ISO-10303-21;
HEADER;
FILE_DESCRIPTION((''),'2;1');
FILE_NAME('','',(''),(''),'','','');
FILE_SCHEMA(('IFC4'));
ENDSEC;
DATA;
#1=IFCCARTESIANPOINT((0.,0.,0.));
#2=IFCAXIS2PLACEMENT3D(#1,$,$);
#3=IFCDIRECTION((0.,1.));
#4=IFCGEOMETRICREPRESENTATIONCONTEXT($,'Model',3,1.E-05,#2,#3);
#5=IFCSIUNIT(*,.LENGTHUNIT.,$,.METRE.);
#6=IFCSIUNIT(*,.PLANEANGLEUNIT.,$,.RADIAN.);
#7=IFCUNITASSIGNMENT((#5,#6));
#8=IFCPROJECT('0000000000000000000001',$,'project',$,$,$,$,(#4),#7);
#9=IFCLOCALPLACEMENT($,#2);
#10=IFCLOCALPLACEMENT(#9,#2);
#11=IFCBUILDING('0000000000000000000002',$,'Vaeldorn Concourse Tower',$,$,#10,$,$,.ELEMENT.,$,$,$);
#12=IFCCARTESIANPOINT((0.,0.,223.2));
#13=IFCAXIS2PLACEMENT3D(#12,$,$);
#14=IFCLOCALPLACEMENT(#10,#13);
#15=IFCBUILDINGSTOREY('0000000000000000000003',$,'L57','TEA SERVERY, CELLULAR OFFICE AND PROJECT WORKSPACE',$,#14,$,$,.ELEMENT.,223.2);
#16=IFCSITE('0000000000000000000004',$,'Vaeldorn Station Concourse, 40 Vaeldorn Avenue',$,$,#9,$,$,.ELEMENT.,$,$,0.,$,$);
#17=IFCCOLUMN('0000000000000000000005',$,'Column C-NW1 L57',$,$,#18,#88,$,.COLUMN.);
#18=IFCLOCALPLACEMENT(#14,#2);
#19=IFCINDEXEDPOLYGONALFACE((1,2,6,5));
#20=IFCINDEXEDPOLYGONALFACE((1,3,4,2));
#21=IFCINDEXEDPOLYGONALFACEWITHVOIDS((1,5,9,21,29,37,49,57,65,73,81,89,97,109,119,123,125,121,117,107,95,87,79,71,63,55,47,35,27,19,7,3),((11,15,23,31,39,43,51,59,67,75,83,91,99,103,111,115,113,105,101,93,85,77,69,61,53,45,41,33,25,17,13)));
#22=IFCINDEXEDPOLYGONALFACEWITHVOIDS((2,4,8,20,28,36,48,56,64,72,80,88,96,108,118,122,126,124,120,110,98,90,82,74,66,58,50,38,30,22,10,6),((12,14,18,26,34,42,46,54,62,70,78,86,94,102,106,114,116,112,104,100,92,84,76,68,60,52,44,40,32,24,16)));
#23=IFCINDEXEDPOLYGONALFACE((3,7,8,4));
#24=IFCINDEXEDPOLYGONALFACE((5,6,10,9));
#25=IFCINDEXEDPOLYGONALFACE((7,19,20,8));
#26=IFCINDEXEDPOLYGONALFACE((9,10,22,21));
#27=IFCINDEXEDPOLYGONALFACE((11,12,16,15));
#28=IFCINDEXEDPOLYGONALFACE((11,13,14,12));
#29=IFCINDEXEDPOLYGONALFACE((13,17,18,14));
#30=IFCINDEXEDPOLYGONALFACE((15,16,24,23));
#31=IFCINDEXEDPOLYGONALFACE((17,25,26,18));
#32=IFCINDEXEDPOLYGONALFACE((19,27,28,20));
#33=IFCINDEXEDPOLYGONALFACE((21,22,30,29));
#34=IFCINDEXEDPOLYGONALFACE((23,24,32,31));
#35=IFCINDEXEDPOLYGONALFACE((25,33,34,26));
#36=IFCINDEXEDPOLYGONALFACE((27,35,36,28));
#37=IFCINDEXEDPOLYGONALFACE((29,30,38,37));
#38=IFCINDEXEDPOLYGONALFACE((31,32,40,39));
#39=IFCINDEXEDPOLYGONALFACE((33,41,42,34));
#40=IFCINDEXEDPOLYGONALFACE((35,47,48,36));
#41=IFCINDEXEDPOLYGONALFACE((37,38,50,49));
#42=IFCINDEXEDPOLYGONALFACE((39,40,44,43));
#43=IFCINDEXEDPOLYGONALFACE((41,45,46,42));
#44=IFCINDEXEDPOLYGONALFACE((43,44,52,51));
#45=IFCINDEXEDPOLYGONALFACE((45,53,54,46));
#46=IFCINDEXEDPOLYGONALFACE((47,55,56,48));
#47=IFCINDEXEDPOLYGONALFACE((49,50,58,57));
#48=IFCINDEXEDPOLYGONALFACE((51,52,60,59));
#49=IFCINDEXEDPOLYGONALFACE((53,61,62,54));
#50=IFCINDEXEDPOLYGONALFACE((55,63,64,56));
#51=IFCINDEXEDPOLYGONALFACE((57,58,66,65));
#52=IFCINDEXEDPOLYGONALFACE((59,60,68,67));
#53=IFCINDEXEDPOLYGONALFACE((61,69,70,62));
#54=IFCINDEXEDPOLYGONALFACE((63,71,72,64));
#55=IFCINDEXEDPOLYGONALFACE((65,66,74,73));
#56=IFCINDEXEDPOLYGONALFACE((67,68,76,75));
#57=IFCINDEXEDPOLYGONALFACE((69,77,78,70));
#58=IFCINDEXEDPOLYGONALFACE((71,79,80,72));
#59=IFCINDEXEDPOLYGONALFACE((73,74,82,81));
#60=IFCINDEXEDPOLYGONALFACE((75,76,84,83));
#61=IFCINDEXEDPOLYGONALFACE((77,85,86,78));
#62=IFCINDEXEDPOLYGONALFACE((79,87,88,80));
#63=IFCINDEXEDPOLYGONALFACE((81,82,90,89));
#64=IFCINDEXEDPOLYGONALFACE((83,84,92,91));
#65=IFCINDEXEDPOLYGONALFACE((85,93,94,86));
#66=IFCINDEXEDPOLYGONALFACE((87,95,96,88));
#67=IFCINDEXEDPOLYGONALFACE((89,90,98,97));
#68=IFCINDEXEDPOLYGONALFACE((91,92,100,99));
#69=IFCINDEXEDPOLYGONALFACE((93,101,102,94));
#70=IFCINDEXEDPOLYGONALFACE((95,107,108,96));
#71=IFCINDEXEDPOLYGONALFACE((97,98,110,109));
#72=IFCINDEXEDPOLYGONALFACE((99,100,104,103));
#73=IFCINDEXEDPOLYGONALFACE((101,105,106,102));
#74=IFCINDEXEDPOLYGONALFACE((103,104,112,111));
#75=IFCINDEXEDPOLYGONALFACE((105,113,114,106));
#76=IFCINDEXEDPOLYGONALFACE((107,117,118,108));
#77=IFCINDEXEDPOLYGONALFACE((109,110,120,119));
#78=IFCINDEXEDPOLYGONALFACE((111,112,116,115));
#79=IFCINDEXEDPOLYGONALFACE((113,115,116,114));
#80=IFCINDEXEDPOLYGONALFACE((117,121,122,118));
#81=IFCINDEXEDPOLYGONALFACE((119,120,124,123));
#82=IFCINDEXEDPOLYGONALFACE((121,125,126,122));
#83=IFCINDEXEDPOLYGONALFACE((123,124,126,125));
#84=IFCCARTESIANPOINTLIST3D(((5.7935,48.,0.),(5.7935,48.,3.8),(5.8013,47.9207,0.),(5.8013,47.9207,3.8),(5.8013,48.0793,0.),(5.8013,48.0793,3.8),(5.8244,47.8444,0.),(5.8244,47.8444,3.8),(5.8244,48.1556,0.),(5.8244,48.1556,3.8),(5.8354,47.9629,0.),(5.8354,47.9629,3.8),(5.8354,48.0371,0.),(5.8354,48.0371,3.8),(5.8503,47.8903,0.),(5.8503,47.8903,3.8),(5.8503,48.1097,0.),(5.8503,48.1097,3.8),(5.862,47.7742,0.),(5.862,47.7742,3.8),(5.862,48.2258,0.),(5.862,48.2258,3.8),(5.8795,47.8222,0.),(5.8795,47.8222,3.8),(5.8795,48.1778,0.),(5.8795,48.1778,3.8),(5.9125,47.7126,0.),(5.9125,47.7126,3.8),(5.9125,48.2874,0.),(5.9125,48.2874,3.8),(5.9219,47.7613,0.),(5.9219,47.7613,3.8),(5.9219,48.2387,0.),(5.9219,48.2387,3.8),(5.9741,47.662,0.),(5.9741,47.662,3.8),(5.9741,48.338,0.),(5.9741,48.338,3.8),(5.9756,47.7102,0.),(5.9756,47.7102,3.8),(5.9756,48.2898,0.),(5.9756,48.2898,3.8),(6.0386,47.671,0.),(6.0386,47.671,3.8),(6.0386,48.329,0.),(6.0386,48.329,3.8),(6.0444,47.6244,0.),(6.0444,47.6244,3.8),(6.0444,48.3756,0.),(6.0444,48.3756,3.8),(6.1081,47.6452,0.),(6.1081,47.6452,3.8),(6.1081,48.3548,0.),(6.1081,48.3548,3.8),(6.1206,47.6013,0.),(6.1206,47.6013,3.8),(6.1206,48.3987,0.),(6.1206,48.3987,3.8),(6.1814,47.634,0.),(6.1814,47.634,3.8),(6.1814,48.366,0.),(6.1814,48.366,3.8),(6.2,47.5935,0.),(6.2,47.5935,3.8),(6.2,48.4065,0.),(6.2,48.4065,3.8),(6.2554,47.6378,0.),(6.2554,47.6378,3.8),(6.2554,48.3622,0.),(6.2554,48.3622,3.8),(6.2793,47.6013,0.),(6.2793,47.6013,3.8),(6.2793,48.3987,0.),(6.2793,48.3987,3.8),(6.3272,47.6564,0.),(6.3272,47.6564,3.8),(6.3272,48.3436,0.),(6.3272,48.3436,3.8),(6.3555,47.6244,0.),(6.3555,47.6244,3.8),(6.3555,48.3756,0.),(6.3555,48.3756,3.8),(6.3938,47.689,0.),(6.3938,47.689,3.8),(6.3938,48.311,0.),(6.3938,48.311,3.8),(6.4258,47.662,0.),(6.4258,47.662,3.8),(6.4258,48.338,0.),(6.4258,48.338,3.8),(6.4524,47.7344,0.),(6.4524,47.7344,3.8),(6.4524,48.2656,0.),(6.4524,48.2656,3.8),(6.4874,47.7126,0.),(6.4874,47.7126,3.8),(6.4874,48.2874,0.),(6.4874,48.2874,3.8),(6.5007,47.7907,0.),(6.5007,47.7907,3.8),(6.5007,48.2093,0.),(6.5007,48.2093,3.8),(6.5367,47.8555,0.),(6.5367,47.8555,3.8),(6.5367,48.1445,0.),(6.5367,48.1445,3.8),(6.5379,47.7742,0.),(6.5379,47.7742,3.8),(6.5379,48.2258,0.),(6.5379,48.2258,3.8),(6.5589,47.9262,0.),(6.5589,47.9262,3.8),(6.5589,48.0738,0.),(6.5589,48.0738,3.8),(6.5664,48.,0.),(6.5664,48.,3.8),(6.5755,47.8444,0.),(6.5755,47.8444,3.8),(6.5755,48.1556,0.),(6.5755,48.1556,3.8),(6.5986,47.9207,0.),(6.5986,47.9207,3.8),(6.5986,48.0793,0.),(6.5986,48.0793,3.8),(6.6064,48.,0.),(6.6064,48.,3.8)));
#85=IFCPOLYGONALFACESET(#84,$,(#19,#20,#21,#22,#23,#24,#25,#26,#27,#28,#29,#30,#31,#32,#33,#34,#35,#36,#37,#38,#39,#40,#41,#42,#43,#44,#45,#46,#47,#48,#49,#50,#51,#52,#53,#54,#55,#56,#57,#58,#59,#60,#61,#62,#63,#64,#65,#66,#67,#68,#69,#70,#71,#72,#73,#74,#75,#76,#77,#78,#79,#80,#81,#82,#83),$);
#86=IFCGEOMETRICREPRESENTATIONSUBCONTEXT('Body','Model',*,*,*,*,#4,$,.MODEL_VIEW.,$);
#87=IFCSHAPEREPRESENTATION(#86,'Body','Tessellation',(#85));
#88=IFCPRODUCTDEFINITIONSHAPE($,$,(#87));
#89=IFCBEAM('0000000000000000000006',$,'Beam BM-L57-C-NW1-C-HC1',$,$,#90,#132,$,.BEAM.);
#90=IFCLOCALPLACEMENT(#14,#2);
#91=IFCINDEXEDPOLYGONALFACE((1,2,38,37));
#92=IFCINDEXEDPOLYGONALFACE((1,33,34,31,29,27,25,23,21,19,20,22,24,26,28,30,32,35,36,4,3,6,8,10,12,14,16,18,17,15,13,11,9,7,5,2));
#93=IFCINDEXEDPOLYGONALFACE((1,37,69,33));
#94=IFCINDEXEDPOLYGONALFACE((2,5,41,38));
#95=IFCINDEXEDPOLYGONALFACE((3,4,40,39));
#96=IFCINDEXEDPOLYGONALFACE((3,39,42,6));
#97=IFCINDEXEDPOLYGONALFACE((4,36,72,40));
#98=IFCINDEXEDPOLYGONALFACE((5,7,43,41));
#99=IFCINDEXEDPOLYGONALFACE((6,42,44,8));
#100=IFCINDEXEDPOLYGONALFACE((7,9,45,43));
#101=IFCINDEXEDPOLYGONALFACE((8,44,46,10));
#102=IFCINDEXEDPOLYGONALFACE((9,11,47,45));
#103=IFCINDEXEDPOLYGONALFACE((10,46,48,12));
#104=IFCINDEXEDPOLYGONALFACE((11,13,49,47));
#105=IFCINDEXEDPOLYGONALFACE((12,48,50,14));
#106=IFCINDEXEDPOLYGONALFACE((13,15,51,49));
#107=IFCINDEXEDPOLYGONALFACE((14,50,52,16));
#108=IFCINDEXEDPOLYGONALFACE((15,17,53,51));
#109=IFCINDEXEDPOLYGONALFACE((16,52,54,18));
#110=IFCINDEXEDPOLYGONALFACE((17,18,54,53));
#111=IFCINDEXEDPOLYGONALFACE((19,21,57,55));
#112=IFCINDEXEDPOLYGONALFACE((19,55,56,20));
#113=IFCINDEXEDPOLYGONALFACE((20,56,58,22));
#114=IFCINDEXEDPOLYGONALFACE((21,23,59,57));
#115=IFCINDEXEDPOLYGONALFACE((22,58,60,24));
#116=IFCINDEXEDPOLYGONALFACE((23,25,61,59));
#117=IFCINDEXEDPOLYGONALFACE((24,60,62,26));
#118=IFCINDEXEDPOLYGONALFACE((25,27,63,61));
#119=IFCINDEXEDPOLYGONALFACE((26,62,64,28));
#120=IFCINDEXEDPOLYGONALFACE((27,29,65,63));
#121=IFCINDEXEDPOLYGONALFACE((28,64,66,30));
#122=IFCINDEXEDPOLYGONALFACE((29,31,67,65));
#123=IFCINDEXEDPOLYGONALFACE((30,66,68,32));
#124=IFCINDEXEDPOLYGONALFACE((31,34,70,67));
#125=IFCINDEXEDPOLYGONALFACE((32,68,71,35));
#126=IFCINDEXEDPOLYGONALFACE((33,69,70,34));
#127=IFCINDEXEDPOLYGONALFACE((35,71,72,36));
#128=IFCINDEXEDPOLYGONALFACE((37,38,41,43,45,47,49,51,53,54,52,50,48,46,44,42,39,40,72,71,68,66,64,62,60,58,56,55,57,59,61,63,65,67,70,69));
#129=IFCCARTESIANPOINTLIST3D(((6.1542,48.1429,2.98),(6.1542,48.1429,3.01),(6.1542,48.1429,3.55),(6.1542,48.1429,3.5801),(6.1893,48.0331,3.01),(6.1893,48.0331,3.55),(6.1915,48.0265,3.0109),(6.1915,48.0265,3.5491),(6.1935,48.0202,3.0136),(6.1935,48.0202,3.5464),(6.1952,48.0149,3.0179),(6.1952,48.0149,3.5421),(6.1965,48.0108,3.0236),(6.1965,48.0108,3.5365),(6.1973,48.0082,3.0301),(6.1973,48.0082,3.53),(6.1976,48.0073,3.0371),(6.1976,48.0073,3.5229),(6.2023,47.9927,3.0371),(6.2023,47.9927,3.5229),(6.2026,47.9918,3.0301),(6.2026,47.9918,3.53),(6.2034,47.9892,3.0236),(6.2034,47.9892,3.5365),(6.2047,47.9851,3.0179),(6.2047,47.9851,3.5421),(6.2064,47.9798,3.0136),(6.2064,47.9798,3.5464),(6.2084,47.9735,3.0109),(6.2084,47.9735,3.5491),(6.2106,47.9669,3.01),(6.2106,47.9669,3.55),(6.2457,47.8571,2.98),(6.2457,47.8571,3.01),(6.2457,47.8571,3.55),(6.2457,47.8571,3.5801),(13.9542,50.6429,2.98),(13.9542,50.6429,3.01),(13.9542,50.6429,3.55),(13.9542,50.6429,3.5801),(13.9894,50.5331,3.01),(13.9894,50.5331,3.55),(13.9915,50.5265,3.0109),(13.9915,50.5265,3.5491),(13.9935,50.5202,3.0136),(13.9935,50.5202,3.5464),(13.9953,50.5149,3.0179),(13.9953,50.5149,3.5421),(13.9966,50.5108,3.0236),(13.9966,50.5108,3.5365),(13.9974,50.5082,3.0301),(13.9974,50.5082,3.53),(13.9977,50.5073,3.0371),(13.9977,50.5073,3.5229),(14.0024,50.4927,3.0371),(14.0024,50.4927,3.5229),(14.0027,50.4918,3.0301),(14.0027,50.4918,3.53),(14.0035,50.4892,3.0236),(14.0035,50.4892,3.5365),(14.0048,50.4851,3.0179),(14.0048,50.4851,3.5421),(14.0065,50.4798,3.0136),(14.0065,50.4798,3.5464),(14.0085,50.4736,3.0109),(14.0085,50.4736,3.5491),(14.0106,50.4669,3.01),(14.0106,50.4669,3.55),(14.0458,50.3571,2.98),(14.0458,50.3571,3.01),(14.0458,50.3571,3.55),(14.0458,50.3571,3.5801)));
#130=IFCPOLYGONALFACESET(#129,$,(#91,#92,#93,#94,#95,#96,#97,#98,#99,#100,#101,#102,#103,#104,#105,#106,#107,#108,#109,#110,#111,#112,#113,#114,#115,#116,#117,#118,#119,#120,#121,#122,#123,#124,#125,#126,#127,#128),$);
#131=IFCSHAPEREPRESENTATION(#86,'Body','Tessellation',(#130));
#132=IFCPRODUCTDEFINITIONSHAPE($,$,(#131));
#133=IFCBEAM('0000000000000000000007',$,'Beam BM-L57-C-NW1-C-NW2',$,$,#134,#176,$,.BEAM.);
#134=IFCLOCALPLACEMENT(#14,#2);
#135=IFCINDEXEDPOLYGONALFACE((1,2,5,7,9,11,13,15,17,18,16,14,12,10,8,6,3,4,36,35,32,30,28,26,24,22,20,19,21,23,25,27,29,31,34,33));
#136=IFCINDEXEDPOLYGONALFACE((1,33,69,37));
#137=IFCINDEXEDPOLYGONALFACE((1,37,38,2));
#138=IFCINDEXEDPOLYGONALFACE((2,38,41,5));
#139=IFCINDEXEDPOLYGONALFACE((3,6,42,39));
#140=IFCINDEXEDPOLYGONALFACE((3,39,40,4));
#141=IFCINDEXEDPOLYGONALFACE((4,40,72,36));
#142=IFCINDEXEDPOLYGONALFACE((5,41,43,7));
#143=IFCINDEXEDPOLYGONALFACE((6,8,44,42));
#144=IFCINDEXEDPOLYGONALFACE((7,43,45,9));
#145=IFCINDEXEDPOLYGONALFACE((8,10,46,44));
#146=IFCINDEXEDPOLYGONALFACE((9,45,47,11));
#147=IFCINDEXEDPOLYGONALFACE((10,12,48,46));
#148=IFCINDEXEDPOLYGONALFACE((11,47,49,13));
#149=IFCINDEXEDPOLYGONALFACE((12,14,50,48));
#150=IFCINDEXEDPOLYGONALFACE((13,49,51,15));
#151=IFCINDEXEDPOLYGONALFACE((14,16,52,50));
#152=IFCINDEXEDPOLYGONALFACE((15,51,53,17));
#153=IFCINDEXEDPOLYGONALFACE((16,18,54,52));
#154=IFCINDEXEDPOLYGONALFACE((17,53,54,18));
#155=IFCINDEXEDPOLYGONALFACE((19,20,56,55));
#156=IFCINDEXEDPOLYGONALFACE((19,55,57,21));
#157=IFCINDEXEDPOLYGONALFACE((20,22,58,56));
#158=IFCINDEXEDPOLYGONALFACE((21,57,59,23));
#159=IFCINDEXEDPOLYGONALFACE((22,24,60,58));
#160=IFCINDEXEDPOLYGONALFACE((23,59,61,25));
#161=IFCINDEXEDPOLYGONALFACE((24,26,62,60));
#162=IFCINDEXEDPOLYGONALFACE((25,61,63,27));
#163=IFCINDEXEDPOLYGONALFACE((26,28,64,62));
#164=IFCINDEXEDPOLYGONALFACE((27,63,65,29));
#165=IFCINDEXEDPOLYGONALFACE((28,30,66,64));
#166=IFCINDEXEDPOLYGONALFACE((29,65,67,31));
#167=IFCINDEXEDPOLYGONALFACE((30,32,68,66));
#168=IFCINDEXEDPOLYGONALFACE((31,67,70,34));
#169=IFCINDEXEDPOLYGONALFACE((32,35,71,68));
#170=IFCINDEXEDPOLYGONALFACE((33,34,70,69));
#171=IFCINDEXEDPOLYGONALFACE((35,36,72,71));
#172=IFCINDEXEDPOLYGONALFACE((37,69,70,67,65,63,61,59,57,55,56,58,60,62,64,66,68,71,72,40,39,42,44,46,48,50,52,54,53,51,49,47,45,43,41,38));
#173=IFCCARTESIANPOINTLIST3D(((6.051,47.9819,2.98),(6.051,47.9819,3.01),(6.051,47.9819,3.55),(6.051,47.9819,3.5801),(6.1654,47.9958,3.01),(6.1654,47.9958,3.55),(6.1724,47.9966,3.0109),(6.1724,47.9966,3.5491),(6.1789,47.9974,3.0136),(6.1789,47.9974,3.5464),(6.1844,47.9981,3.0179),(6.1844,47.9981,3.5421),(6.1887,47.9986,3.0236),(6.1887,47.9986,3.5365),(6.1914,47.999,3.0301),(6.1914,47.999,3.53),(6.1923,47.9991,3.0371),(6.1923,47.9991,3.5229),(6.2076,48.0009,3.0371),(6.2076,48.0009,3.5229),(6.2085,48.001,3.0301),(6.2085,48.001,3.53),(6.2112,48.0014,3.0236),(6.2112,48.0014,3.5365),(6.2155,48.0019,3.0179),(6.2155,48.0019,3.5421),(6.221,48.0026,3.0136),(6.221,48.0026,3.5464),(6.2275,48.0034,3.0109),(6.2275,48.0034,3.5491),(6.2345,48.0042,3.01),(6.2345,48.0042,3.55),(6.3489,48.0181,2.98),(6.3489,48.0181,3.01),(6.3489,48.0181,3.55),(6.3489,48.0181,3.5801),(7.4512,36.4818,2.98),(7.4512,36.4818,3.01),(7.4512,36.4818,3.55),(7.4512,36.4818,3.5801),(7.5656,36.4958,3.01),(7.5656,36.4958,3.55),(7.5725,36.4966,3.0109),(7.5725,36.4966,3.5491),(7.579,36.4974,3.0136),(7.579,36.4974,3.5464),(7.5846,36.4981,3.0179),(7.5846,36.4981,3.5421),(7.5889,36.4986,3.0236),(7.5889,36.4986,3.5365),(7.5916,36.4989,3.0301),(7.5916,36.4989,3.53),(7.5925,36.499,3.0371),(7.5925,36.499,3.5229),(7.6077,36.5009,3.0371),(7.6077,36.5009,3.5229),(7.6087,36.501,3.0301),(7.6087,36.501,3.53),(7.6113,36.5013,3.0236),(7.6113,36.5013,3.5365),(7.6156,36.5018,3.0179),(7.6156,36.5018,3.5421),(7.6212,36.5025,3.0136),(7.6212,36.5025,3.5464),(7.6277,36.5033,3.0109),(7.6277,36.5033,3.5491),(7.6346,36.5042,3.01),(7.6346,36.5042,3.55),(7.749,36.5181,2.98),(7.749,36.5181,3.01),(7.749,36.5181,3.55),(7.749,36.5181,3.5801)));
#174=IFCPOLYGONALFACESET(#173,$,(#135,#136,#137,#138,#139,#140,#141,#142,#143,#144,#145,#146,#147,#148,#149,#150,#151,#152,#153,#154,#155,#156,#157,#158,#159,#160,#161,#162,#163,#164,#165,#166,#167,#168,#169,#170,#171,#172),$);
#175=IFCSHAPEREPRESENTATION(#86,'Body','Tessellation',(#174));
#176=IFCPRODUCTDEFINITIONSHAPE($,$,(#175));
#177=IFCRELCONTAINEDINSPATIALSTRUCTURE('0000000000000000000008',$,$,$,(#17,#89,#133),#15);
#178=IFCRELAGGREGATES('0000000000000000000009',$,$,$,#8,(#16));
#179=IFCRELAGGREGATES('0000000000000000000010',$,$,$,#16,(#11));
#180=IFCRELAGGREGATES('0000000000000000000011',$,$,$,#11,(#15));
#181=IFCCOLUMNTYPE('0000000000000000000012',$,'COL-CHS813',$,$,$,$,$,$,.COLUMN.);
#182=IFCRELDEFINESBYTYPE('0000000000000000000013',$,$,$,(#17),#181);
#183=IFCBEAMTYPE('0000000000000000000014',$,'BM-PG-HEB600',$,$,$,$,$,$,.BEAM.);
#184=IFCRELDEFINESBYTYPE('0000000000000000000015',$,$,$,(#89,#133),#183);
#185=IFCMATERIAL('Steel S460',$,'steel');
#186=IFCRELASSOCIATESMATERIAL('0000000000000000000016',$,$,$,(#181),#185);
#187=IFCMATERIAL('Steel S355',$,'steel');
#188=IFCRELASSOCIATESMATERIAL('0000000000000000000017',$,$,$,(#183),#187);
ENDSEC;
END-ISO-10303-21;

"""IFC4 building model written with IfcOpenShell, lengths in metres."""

from ifc_helpers import new_model, si_unit, direction, frame, origin, origin_2d, place, context, subcontext, project, spatial, hollow_circle, i_section, extrude, source, transform, mapped, material, material_profile, profile_set, type_object, element, save


model = new_model("IFC4")

# Units and contexts
model_context = context("Model", 3, precision=1e-05, world=origin(), true_north=direction((0.0, 1.0)))
body_context = subcontext(model_context, "Body", "Model", "MODEL_VIEW")
ifc_project = project(units=[si_unit("LENGTHUNIT", "METRE"), si_unit("PLANEANGLEUNIT", "RADIAN")], contexts=[model_context])

# Site, building, storey
site_placement = place(None, origin())
site = spatial("IfcSite", under=ifc_project, at=site_placement, Name="Vaeldorn Station Concourse, 40 Vaeldorn Avenue", CompositionType="ELEMENT", RefElevation=0.0)
building_placement = place(site_placement, origin())
building = spatial("IfcBuilding", under=site, at=building_placement, Name="Vaeldorn Concourse Tower", CompositionType="ELEMENT")
storey_placement = place(building_placement, frame((0.0, 0.0, 223.2)))
storey = spatial("IfcBuildingStorey", under=building, at=storey_placement, Name="L57", Description="TEA SERVERY, CELLULAR OFFICE AND PROJECT WORKSPACE", CompositionType="ELEMENT", Elevation=223.2)

# Column
ifc_material_1 = material(Name="Steel S460", Category="steel")
ifc_material_profile_1 = material_profile(ifc_material_1, hollow_circle(Radius=0.4065, WallThickness=0.04, at=origin_2d()), Name="CHS 813x40")
ifc_profile_set_1 = profile_set([ifc_material_profile_1], Name="Steel S460")
column_type = type_object("IfcColumnType", Name="COL-CHS813", PredefinedType="COLUMN", material=ifc_profile_set_1)
shared_shape_1 = source(origin(), body_context, "Body", "SweptSolid", [
    extrude(hollow_circle(Radius=0.4065, WallThickness=0.04, at=origin_2d()), origin(), (0.0, 0.0, 1.0), 3.8),
])
column_placement = place(storey_placement, frame((6.2, 48.0, 0.0), z_axis=(0.0, 0.0, 1.0), x_axis=(1.0, 0.0, 0.0)))
element("IfcColumn", 1, at=column_placement, inside=storey, type_object=column_type, Name="Column C-NW1 L57", PredefinedType="COLUMN", context=body_context, shape_type="MappedRepresentation", body=[
    mapped(shared_shape_1, transform((0.0, 0.0, 0.0), scale=1.0)),
])

# Beams
ifc_material_2 = material(Name="Steel S355", Category="steel")
ifc_material_profile_2 = material_profile(ifc_material_2, i_section(OverallWidth=0.3, OverallDepth=0.6001, WebThickness=0.0154, FlangeThickness=0.03, FilletRadius=0.0271, at=origin_2d()), Name="HEB 600")
ifc_profile_set_2 = profile_set([ifc_material_profile_2], Name="Steel S355")
beam_type_1 = type_object("IfcBeamType", Name="BM-PG-HEB600", PredefinedType="BEAM", material=ifc_profile_set_2)
shared_shape_2 = source(origin(), body_context, "Body", "SweptSolid", [
    extrude(i_section(OverallWidth=0.3, OverallDepth=0.6001, WebThickness=0.0154, FlangeThickness=0.03, FilletRadius=0.0271, at=origin_2d()), origin(), (0.0, 0.0, 1.0), 8.1909),
])
beam_1_placement = place(storey_placement, frame((6.2, 48.0, 3.28), z_axis=(0.952283, 0.305217, 0.0), x_axis=(-0.305217, 0.952283, 0.0)))
element("IfcBeam", 2, at=beam_1_placement, inside=storey, type_object=beam_type_1, Name="Beam BM-L57-C-NW1-C-HC1", PredefinedType="BEAM", context=body_context, shape_type="MappedRepresentation", body=[
    mapped(shared_shape_2, transform((0.0, 0.0, 0.0), scale=1.0)),
])
shared_shape_3 = source(origin(), body_context, "Body", "SweptSolid", [
    extrude(i_section(OverallWidth=0.3, OverallDepth=0.6001, WebThickness=0.0154, FlangeThickness=0.03, FilletRadius=0.0271, at=origin_2d()), origin(), (0.0, 0.0, 1.0), 11.585),
])
beam_2_placement = place(storey_placement, frame((6.2, 48.0, 3.28), z_axis=(0.120859, -0.99267, 0.0), x_axis=(0.99267, 0.120859, 0.0)))
element("IfcBeam", 3, at=beam_2_placement, inside=storey, type_object=beam_type_1, Name="Beam BM-L57-C-NW1-C-NW2", PredefinedType="BEAM", context=body_context, shape_type="MappedRepresentation", body=[
    mapped(shared_shape_3, transform((0.0, 0.0, 0.0), scale=1.0)),
])

save(model, "model.ifc")
